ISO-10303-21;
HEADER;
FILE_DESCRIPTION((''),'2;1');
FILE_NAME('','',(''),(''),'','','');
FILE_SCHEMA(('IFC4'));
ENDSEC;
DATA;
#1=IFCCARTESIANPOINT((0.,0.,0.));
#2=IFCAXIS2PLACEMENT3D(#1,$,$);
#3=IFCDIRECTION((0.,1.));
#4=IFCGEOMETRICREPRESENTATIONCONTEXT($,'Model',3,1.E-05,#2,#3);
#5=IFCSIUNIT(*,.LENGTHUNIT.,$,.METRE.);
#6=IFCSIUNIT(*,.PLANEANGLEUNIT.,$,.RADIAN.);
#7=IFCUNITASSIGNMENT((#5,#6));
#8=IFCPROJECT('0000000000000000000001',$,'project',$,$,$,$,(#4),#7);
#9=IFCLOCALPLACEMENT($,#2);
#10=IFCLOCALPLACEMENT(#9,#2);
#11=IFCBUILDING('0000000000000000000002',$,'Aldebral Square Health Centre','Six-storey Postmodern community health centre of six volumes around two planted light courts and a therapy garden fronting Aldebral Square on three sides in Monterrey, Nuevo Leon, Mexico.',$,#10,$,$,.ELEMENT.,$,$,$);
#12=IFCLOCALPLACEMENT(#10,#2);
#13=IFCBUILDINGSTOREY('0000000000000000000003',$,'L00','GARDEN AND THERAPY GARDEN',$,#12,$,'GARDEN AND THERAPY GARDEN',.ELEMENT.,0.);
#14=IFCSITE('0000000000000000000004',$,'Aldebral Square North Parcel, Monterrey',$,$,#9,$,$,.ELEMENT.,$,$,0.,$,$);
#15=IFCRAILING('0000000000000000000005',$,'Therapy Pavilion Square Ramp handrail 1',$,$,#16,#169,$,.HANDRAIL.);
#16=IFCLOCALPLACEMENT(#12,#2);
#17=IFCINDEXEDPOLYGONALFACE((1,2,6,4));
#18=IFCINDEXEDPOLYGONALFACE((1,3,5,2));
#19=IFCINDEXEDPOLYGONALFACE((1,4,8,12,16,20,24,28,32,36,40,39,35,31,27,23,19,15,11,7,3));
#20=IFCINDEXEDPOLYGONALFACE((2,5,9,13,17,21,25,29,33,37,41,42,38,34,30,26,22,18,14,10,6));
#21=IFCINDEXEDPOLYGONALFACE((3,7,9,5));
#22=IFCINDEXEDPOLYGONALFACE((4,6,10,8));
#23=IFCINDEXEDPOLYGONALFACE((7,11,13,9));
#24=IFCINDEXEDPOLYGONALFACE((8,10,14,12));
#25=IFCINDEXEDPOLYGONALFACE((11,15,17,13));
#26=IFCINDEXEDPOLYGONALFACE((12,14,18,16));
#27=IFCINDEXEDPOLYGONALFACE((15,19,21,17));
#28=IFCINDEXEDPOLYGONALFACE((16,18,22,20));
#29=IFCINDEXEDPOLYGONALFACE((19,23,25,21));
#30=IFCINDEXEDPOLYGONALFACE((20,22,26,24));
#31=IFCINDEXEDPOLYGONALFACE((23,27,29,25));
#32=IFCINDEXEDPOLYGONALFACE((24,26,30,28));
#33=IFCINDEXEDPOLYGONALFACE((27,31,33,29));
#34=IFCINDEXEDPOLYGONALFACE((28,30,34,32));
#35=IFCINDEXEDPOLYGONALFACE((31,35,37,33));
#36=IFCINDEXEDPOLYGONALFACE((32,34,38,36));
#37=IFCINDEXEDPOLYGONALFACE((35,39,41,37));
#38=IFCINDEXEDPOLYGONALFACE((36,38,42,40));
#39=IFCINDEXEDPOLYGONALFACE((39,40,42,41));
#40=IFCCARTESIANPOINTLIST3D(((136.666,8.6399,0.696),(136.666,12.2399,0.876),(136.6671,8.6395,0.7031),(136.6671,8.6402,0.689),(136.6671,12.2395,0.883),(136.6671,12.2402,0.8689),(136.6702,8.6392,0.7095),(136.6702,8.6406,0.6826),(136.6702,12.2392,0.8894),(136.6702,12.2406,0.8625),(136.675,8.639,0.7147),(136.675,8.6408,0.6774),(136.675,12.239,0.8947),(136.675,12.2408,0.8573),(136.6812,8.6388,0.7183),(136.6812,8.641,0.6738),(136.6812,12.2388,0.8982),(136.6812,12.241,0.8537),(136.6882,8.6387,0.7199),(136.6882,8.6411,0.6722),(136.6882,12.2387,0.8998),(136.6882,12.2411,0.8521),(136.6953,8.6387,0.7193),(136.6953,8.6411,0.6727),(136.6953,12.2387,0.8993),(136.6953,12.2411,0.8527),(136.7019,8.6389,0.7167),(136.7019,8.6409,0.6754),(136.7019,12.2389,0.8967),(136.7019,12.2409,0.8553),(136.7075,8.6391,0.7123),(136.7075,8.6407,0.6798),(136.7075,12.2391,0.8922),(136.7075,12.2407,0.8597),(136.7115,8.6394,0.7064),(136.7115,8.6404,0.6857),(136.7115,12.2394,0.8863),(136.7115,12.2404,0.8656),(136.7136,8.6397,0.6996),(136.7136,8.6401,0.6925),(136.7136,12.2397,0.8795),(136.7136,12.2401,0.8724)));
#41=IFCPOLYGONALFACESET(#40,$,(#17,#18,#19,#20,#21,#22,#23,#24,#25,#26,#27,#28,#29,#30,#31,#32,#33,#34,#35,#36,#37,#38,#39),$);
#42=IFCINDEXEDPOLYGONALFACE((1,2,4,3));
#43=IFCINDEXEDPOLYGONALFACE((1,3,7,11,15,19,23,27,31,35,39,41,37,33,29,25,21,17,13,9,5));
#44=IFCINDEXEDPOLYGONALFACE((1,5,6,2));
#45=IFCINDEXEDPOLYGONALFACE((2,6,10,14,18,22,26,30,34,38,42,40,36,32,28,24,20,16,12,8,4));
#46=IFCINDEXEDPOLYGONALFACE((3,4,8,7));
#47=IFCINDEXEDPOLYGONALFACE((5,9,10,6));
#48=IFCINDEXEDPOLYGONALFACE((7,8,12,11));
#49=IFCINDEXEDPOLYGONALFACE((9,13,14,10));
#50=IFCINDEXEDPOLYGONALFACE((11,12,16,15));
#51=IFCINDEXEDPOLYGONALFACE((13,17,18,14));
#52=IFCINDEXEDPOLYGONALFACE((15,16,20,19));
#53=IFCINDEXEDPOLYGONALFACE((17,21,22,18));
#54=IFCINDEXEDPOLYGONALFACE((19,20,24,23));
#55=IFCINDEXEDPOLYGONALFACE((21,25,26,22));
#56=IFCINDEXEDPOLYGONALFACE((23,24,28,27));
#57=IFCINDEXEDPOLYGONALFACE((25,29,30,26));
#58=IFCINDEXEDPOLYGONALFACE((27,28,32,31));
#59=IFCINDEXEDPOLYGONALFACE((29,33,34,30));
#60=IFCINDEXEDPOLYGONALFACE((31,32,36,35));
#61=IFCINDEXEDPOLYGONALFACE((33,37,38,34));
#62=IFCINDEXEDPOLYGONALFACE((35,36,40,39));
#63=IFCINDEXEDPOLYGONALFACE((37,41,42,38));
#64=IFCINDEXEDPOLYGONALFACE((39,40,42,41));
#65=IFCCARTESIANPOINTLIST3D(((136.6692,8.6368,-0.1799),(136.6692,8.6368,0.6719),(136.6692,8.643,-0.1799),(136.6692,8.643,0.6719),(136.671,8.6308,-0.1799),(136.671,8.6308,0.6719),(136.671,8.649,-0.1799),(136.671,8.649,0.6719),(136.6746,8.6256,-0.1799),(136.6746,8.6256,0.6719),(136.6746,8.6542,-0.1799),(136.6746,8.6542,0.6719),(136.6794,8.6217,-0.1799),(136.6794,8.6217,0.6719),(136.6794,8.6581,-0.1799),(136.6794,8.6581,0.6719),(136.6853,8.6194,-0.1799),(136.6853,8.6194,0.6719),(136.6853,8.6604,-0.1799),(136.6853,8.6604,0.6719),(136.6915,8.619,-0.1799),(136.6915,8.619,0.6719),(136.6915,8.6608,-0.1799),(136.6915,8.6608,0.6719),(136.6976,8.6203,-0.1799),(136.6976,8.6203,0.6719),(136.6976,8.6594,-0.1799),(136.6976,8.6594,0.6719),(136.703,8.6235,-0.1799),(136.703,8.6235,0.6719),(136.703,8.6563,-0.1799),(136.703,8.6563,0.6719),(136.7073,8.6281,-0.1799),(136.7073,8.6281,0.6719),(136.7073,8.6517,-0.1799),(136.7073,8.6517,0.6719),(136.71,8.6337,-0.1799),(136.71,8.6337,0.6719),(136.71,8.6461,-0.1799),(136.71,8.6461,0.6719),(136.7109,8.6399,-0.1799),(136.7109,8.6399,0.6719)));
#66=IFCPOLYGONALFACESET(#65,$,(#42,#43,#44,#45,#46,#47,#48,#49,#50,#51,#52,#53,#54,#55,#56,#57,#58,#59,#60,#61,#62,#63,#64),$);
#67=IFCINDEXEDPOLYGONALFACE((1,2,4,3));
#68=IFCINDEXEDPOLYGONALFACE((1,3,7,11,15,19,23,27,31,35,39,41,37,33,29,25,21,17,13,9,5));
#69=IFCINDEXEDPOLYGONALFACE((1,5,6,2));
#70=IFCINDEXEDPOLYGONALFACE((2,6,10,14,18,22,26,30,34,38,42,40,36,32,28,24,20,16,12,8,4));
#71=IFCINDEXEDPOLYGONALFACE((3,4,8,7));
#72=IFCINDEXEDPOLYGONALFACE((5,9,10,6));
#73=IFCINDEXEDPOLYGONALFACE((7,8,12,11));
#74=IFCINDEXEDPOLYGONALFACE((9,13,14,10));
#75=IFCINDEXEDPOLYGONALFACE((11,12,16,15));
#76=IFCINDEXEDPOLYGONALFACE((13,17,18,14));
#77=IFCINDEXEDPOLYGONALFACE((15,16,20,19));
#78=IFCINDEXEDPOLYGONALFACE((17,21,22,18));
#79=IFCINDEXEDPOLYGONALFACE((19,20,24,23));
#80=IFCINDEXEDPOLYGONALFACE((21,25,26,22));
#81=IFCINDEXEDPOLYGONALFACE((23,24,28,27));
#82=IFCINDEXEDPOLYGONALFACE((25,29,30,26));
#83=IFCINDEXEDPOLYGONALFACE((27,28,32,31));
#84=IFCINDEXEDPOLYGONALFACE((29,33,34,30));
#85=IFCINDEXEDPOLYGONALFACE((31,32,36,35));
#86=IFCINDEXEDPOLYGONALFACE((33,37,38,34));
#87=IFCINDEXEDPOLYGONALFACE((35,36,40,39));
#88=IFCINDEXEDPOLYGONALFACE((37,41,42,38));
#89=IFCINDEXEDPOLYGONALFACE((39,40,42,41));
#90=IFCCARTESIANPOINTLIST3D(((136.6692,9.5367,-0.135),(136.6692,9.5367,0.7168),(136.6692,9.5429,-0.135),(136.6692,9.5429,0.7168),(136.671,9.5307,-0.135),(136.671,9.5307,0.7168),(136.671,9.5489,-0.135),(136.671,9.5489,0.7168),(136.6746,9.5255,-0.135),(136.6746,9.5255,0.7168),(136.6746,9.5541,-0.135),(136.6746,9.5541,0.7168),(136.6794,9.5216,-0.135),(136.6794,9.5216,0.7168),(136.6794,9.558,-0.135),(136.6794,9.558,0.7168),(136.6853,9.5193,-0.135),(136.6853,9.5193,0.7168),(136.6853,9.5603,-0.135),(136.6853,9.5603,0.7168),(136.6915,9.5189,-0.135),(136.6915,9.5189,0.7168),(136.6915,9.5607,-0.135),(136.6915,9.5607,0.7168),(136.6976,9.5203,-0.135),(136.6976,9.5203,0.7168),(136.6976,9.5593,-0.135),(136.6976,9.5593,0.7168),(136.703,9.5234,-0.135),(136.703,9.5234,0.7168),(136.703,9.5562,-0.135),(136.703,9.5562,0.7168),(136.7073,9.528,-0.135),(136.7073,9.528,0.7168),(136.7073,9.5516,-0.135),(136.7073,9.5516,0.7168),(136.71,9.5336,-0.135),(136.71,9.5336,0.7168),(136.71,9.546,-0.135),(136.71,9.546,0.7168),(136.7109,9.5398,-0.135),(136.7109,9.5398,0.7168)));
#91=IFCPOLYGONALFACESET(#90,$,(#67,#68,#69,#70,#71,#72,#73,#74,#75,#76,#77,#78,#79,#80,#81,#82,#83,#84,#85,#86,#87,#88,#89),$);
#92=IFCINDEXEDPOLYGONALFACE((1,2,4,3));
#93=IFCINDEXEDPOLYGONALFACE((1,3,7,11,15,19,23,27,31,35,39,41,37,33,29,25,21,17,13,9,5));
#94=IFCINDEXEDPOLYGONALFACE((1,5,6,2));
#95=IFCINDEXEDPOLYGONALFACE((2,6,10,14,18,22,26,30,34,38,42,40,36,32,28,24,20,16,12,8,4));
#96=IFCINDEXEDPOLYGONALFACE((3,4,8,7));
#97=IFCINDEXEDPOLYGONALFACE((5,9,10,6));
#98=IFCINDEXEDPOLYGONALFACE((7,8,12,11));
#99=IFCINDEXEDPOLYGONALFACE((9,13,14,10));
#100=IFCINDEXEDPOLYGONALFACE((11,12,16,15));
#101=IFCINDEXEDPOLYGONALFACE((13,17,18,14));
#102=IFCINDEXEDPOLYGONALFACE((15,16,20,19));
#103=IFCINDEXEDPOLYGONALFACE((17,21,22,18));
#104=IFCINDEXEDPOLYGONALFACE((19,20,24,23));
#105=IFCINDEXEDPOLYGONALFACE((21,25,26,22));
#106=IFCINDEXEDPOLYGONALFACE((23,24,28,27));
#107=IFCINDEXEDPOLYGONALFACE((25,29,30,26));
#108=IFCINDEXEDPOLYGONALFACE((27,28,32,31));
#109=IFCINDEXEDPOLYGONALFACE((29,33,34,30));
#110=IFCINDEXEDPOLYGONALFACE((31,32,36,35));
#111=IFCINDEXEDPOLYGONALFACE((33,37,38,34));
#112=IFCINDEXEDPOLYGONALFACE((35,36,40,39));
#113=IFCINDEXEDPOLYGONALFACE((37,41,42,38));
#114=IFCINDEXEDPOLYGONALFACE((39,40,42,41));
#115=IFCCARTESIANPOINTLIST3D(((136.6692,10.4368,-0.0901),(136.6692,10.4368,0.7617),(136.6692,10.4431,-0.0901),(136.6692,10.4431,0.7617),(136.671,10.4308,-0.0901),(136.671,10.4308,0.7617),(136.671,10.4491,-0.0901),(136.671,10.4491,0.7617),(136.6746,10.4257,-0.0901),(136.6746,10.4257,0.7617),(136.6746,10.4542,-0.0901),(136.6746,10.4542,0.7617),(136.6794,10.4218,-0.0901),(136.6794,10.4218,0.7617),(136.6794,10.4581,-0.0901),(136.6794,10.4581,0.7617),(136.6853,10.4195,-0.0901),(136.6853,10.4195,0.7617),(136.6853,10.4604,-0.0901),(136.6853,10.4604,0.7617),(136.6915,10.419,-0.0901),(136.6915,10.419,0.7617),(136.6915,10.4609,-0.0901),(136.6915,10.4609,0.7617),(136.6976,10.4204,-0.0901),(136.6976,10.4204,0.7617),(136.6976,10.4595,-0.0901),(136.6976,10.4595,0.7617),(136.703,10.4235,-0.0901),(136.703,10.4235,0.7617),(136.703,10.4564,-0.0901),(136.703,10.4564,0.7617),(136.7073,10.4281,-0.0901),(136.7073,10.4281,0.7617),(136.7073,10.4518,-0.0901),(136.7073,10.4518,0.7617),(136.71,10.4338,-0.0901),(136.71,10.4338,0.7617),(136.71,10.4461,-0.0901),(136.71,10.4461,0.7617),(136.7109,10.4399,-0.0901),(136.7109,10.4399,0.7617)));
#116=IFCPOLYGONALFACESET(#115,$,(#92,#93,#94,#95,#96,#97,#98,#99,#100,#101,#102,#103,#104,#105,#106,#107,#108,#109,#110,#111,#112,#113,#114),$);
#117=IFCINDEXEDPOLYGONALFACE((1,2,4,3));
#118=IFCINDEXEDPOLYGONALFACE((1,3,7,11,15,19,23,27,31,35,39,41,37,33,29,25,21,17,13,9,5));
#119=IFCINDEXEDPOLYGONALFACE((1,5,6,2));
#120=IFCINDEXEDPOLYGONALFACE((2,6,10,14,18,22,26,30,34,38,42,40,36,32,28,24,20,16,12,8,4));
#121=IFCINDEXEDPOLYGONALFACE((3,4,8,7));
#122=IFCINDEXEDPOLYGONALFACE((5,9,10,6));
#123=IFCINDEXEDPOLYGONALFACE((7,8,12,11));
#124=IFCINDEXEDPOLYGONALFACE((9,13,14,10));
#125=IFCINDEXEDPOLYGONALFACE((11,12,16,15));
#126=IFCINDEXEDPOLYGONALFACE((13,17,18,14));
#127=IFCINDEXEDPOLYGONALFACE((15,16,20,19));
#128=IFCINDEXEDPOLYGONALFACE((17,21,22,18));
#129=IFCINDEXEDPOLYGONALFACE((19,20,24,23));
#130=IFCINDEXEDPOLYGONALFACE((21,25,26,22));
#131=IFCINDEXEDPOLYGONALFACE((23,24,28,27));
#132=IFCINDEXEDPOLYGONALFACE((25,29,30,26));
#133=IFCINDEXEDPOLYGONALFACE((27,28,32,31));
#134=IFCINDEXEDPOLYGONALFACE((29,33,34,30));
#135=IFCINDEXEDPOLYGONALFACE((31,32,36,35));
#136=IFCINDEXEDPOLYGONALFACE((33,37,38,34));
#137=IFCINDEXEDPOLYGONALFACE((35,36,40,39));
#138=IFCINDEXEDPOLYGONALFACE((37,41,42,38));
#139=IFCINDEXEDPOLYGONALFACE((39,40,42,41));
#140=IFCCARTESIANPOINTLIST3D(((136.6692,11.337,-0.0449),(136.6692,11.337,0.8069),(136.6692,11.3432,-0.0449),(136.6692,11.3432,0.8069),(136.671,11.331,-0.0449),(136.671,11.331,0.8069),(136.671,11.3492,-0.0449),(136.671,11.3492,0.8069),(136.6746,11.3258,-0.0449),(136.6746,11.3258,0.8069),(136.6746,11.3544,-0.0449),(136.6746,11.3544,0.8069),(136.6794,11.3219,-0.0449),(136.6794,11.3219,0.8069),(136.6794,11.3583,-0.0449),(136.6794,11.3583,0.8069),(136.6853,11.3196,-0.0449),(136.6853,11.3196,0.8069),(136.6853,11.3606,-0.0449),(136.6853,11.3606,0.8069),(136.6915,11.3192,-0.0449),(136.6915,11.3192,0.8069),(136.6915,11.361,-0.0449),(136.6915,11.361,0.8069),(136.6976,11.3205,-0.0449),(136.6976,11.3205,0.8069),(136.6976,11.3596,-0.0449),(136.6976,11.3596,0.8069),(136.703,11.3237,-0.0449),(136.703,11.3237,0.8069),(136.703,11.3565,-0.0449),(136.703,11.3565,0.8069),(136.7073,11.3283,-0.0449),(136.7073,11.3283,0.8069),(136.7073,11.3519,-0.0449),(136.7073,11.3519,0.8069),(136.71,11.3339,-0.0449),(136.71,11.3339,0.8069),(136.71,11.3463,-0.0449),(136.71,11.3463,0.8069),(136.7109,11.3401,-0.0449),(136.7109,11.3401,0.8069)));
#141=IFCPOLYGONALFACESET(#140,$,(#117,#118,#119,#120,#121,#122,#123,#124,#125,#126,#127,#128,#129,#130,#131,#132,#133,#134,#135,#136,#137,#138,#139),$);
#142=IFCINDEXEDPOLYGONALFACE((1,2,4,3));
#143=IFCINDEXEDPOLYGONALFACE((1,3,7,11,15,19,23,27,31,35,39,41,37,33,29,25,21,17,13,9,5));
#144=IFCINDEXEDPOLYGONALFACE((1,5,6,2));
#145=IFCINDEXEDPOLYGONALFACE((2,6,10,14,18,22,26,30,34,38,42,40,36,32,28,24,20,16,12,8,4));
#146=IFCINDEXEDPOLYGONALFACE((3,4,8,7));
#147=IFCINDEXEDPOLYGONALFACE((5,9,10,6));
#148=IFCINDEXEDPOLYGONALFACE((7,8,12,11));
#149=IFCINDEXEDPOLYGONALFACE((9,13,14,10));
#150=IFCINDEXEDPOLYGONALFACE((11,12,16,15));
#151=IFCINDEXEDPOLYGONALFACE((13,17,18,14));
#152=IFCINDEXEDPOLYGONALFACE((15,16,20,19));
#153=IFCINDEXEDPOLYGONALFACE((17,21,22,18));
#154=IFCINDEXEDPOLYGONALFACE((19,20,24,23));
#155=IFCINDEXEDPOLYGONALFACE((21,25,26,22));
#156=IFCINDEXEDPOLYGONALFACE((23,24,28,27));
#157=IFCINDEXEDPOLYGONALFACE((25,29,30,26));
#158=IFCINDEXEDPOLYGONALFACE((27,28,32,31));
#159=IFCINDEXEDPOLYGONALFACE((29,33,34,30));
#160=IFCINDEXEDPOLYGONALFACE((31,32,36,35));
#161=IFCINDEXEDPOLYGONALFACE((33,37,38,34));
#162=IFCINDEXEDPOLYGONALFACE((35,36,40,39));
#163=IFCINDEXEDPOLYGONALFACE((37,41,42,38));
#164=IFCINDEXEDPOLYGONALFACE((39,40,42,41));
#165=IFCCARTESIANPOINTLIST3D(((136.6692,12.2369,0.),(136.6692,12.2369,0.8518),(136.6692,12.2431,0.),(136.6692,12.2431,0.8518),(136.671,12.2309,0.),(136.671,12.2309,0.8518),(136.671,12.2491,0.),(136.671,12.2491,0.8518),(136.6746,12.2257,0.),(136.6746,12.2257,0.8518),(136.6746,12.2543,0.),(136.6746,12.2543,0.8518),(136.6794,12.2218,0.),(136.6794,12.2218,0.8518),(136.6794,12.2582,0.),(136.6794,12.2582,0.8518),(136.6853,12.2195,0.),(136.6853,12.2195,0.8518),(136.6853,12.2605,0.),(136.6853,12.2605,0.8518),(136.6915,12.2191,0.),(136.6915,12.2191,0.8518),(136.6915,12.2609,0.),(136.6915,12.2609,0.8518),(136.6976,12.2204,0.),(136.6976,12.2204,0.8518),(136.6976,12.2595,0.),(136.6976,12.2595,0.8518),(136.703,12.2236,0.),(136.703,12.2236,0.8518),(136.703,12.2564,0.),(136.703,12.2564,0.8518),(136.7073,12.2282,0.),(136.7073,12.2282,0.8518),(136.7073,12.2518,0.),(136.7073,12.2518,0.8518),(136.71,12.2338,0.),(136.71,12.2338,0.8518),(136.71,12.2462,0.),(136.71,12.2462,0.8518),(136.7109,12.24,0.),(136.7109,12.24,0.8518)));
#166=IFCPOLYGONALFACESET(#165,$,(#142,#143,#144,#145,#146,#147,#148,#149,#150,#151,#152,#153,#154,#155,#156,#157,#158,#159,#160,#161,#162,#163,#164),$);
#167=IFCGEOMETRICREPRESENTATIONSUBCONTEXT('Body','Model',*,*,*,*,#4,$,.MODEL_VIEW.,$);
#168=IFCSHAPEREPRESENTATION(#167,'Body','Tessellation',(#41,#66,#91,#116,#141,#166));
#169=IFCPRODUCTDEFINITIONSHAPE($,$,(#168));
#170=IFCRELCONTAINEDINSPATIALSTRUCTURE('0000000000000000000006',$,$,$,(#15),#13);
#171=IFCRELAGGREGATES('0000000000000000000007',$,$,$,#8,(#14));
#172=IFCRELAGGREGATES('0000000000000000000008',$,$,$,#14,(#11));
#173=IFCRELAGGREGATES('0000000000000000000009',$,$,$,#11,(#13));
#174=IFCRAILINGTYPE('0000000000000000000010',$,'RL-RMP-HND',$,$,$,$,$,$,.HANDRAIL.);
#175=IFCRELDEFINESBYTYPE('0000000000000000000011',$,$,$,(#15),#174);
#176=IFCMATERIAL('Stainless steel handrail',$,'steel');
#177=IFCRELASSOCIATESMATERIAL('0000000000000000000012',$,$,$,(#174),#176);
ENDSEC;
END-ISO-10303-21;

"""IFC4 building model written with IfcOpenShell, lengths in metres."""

from ifc_helpers import new_model, si_unit, direction, frame, origin, origin_2d, place, context, subcontext, project, spatial, circle, extrude, material, type_object, element, save


model = new_model("IFC4")

# Units and contexts
model_context = context("Model", 3, precision=1e-05, world=origin(), true_north=direction((0.0, 1.0)))
body_context = subcontext(model_context, "Body", "Model", "MODEL_VIEW")
ifc_project = project(units=[si_unit("LENGTHUNIT", "METRE"), si_unit("PLANEANGLEUNIT", "RADIAN")], contexts=[model_context])

# Site, building, storey
site_placement = place(None, origin())
site = spatial("IfcSite", under=ifc_project, at=site_placement, Name="Aldebral Square North Parcel, Monterrey", CompositionType="ELEMENT", RefElevation=0.0)
building_placement = place(site_placement, origin())
building = spatial("IfcBuilding", under=site, at=building_placement, Name="Aldebral Square Health Centre", Description="Six-storey Postmodern community health centre of six volumes around two planted light courts and a therapy garden fronting Aldebral Square on three sides in Monterrey, Nuevo Leon, Mexico.", CompositionType="ELEMENT")
storey_placement = place(building_placement, origin())
storey = spatial("IfcBuildingStorey", under=building, at=storey_placement, Name="L00", Description="GARDEN AND THERAPY GARDEN", LongName="GARDEN AND THERAPY GARDEN", CompositionType="ELEMENT", Elevation=0.0)

# Railing
ifc_material_1 = material(Name="Stainless steel handrail", Category="steel")
railing_type = type_object("IfcRailingType", Name="RL-RMP-HND", PredefinedType="HANDRAIL", material=ifc_material_1)
for number, where, name in (
    (1, (136.6899, 8.6399, -0.1799), "Therapy Pavilion Square Ramp handrail 1"),
):
    element("IfcRailing", number, at=place(storey_placement, frame(where)), inside=storey, type_object=railing_type, Name=name, PredefinedType="HANDRAIL", context=body_context, shape_type="SweptSolid", body=[
        extrude(circle(Radius=0.0239, at=origin_2d()), frame((0.0, 0.0, 0.876), z_axis=(0.0, 0.998753, 0.049917), x_axis=(-1.0, 0.0, 0.0)), (0.0, 0.0, 1.0), 3.6045),
        extrude(circle(Radius=0.021, at=origin_2d()), origin(), (0.0, 0.0, 1.0), 0.8518),
        extrude(circle(Radius=0.021, at=origin_2d()), frame((0.0, 0.8999, 0.0449)), (0.0, 0.0, 1.0), 0.8518),
        extrude(circle(Radius=0.021, at=origin_2d()), frame((0.0, 1.8, 0.0898)), (0.0, 0.0, 1.0), 0.8518),
        extrude(circle(Radius=0.021, at=origin_2d()), frame((0.0, 2.7002, 0.135)), (0.0, 0.0, 1.0), 0.8518),
        extrude(circle(Radius=0.021, at=origin_2d()), frame((0.0, 3.6001, 0.1799)), (0.0, 0.0, 1.0), 0.8518),
    ])

save(model, "model.ifc")
